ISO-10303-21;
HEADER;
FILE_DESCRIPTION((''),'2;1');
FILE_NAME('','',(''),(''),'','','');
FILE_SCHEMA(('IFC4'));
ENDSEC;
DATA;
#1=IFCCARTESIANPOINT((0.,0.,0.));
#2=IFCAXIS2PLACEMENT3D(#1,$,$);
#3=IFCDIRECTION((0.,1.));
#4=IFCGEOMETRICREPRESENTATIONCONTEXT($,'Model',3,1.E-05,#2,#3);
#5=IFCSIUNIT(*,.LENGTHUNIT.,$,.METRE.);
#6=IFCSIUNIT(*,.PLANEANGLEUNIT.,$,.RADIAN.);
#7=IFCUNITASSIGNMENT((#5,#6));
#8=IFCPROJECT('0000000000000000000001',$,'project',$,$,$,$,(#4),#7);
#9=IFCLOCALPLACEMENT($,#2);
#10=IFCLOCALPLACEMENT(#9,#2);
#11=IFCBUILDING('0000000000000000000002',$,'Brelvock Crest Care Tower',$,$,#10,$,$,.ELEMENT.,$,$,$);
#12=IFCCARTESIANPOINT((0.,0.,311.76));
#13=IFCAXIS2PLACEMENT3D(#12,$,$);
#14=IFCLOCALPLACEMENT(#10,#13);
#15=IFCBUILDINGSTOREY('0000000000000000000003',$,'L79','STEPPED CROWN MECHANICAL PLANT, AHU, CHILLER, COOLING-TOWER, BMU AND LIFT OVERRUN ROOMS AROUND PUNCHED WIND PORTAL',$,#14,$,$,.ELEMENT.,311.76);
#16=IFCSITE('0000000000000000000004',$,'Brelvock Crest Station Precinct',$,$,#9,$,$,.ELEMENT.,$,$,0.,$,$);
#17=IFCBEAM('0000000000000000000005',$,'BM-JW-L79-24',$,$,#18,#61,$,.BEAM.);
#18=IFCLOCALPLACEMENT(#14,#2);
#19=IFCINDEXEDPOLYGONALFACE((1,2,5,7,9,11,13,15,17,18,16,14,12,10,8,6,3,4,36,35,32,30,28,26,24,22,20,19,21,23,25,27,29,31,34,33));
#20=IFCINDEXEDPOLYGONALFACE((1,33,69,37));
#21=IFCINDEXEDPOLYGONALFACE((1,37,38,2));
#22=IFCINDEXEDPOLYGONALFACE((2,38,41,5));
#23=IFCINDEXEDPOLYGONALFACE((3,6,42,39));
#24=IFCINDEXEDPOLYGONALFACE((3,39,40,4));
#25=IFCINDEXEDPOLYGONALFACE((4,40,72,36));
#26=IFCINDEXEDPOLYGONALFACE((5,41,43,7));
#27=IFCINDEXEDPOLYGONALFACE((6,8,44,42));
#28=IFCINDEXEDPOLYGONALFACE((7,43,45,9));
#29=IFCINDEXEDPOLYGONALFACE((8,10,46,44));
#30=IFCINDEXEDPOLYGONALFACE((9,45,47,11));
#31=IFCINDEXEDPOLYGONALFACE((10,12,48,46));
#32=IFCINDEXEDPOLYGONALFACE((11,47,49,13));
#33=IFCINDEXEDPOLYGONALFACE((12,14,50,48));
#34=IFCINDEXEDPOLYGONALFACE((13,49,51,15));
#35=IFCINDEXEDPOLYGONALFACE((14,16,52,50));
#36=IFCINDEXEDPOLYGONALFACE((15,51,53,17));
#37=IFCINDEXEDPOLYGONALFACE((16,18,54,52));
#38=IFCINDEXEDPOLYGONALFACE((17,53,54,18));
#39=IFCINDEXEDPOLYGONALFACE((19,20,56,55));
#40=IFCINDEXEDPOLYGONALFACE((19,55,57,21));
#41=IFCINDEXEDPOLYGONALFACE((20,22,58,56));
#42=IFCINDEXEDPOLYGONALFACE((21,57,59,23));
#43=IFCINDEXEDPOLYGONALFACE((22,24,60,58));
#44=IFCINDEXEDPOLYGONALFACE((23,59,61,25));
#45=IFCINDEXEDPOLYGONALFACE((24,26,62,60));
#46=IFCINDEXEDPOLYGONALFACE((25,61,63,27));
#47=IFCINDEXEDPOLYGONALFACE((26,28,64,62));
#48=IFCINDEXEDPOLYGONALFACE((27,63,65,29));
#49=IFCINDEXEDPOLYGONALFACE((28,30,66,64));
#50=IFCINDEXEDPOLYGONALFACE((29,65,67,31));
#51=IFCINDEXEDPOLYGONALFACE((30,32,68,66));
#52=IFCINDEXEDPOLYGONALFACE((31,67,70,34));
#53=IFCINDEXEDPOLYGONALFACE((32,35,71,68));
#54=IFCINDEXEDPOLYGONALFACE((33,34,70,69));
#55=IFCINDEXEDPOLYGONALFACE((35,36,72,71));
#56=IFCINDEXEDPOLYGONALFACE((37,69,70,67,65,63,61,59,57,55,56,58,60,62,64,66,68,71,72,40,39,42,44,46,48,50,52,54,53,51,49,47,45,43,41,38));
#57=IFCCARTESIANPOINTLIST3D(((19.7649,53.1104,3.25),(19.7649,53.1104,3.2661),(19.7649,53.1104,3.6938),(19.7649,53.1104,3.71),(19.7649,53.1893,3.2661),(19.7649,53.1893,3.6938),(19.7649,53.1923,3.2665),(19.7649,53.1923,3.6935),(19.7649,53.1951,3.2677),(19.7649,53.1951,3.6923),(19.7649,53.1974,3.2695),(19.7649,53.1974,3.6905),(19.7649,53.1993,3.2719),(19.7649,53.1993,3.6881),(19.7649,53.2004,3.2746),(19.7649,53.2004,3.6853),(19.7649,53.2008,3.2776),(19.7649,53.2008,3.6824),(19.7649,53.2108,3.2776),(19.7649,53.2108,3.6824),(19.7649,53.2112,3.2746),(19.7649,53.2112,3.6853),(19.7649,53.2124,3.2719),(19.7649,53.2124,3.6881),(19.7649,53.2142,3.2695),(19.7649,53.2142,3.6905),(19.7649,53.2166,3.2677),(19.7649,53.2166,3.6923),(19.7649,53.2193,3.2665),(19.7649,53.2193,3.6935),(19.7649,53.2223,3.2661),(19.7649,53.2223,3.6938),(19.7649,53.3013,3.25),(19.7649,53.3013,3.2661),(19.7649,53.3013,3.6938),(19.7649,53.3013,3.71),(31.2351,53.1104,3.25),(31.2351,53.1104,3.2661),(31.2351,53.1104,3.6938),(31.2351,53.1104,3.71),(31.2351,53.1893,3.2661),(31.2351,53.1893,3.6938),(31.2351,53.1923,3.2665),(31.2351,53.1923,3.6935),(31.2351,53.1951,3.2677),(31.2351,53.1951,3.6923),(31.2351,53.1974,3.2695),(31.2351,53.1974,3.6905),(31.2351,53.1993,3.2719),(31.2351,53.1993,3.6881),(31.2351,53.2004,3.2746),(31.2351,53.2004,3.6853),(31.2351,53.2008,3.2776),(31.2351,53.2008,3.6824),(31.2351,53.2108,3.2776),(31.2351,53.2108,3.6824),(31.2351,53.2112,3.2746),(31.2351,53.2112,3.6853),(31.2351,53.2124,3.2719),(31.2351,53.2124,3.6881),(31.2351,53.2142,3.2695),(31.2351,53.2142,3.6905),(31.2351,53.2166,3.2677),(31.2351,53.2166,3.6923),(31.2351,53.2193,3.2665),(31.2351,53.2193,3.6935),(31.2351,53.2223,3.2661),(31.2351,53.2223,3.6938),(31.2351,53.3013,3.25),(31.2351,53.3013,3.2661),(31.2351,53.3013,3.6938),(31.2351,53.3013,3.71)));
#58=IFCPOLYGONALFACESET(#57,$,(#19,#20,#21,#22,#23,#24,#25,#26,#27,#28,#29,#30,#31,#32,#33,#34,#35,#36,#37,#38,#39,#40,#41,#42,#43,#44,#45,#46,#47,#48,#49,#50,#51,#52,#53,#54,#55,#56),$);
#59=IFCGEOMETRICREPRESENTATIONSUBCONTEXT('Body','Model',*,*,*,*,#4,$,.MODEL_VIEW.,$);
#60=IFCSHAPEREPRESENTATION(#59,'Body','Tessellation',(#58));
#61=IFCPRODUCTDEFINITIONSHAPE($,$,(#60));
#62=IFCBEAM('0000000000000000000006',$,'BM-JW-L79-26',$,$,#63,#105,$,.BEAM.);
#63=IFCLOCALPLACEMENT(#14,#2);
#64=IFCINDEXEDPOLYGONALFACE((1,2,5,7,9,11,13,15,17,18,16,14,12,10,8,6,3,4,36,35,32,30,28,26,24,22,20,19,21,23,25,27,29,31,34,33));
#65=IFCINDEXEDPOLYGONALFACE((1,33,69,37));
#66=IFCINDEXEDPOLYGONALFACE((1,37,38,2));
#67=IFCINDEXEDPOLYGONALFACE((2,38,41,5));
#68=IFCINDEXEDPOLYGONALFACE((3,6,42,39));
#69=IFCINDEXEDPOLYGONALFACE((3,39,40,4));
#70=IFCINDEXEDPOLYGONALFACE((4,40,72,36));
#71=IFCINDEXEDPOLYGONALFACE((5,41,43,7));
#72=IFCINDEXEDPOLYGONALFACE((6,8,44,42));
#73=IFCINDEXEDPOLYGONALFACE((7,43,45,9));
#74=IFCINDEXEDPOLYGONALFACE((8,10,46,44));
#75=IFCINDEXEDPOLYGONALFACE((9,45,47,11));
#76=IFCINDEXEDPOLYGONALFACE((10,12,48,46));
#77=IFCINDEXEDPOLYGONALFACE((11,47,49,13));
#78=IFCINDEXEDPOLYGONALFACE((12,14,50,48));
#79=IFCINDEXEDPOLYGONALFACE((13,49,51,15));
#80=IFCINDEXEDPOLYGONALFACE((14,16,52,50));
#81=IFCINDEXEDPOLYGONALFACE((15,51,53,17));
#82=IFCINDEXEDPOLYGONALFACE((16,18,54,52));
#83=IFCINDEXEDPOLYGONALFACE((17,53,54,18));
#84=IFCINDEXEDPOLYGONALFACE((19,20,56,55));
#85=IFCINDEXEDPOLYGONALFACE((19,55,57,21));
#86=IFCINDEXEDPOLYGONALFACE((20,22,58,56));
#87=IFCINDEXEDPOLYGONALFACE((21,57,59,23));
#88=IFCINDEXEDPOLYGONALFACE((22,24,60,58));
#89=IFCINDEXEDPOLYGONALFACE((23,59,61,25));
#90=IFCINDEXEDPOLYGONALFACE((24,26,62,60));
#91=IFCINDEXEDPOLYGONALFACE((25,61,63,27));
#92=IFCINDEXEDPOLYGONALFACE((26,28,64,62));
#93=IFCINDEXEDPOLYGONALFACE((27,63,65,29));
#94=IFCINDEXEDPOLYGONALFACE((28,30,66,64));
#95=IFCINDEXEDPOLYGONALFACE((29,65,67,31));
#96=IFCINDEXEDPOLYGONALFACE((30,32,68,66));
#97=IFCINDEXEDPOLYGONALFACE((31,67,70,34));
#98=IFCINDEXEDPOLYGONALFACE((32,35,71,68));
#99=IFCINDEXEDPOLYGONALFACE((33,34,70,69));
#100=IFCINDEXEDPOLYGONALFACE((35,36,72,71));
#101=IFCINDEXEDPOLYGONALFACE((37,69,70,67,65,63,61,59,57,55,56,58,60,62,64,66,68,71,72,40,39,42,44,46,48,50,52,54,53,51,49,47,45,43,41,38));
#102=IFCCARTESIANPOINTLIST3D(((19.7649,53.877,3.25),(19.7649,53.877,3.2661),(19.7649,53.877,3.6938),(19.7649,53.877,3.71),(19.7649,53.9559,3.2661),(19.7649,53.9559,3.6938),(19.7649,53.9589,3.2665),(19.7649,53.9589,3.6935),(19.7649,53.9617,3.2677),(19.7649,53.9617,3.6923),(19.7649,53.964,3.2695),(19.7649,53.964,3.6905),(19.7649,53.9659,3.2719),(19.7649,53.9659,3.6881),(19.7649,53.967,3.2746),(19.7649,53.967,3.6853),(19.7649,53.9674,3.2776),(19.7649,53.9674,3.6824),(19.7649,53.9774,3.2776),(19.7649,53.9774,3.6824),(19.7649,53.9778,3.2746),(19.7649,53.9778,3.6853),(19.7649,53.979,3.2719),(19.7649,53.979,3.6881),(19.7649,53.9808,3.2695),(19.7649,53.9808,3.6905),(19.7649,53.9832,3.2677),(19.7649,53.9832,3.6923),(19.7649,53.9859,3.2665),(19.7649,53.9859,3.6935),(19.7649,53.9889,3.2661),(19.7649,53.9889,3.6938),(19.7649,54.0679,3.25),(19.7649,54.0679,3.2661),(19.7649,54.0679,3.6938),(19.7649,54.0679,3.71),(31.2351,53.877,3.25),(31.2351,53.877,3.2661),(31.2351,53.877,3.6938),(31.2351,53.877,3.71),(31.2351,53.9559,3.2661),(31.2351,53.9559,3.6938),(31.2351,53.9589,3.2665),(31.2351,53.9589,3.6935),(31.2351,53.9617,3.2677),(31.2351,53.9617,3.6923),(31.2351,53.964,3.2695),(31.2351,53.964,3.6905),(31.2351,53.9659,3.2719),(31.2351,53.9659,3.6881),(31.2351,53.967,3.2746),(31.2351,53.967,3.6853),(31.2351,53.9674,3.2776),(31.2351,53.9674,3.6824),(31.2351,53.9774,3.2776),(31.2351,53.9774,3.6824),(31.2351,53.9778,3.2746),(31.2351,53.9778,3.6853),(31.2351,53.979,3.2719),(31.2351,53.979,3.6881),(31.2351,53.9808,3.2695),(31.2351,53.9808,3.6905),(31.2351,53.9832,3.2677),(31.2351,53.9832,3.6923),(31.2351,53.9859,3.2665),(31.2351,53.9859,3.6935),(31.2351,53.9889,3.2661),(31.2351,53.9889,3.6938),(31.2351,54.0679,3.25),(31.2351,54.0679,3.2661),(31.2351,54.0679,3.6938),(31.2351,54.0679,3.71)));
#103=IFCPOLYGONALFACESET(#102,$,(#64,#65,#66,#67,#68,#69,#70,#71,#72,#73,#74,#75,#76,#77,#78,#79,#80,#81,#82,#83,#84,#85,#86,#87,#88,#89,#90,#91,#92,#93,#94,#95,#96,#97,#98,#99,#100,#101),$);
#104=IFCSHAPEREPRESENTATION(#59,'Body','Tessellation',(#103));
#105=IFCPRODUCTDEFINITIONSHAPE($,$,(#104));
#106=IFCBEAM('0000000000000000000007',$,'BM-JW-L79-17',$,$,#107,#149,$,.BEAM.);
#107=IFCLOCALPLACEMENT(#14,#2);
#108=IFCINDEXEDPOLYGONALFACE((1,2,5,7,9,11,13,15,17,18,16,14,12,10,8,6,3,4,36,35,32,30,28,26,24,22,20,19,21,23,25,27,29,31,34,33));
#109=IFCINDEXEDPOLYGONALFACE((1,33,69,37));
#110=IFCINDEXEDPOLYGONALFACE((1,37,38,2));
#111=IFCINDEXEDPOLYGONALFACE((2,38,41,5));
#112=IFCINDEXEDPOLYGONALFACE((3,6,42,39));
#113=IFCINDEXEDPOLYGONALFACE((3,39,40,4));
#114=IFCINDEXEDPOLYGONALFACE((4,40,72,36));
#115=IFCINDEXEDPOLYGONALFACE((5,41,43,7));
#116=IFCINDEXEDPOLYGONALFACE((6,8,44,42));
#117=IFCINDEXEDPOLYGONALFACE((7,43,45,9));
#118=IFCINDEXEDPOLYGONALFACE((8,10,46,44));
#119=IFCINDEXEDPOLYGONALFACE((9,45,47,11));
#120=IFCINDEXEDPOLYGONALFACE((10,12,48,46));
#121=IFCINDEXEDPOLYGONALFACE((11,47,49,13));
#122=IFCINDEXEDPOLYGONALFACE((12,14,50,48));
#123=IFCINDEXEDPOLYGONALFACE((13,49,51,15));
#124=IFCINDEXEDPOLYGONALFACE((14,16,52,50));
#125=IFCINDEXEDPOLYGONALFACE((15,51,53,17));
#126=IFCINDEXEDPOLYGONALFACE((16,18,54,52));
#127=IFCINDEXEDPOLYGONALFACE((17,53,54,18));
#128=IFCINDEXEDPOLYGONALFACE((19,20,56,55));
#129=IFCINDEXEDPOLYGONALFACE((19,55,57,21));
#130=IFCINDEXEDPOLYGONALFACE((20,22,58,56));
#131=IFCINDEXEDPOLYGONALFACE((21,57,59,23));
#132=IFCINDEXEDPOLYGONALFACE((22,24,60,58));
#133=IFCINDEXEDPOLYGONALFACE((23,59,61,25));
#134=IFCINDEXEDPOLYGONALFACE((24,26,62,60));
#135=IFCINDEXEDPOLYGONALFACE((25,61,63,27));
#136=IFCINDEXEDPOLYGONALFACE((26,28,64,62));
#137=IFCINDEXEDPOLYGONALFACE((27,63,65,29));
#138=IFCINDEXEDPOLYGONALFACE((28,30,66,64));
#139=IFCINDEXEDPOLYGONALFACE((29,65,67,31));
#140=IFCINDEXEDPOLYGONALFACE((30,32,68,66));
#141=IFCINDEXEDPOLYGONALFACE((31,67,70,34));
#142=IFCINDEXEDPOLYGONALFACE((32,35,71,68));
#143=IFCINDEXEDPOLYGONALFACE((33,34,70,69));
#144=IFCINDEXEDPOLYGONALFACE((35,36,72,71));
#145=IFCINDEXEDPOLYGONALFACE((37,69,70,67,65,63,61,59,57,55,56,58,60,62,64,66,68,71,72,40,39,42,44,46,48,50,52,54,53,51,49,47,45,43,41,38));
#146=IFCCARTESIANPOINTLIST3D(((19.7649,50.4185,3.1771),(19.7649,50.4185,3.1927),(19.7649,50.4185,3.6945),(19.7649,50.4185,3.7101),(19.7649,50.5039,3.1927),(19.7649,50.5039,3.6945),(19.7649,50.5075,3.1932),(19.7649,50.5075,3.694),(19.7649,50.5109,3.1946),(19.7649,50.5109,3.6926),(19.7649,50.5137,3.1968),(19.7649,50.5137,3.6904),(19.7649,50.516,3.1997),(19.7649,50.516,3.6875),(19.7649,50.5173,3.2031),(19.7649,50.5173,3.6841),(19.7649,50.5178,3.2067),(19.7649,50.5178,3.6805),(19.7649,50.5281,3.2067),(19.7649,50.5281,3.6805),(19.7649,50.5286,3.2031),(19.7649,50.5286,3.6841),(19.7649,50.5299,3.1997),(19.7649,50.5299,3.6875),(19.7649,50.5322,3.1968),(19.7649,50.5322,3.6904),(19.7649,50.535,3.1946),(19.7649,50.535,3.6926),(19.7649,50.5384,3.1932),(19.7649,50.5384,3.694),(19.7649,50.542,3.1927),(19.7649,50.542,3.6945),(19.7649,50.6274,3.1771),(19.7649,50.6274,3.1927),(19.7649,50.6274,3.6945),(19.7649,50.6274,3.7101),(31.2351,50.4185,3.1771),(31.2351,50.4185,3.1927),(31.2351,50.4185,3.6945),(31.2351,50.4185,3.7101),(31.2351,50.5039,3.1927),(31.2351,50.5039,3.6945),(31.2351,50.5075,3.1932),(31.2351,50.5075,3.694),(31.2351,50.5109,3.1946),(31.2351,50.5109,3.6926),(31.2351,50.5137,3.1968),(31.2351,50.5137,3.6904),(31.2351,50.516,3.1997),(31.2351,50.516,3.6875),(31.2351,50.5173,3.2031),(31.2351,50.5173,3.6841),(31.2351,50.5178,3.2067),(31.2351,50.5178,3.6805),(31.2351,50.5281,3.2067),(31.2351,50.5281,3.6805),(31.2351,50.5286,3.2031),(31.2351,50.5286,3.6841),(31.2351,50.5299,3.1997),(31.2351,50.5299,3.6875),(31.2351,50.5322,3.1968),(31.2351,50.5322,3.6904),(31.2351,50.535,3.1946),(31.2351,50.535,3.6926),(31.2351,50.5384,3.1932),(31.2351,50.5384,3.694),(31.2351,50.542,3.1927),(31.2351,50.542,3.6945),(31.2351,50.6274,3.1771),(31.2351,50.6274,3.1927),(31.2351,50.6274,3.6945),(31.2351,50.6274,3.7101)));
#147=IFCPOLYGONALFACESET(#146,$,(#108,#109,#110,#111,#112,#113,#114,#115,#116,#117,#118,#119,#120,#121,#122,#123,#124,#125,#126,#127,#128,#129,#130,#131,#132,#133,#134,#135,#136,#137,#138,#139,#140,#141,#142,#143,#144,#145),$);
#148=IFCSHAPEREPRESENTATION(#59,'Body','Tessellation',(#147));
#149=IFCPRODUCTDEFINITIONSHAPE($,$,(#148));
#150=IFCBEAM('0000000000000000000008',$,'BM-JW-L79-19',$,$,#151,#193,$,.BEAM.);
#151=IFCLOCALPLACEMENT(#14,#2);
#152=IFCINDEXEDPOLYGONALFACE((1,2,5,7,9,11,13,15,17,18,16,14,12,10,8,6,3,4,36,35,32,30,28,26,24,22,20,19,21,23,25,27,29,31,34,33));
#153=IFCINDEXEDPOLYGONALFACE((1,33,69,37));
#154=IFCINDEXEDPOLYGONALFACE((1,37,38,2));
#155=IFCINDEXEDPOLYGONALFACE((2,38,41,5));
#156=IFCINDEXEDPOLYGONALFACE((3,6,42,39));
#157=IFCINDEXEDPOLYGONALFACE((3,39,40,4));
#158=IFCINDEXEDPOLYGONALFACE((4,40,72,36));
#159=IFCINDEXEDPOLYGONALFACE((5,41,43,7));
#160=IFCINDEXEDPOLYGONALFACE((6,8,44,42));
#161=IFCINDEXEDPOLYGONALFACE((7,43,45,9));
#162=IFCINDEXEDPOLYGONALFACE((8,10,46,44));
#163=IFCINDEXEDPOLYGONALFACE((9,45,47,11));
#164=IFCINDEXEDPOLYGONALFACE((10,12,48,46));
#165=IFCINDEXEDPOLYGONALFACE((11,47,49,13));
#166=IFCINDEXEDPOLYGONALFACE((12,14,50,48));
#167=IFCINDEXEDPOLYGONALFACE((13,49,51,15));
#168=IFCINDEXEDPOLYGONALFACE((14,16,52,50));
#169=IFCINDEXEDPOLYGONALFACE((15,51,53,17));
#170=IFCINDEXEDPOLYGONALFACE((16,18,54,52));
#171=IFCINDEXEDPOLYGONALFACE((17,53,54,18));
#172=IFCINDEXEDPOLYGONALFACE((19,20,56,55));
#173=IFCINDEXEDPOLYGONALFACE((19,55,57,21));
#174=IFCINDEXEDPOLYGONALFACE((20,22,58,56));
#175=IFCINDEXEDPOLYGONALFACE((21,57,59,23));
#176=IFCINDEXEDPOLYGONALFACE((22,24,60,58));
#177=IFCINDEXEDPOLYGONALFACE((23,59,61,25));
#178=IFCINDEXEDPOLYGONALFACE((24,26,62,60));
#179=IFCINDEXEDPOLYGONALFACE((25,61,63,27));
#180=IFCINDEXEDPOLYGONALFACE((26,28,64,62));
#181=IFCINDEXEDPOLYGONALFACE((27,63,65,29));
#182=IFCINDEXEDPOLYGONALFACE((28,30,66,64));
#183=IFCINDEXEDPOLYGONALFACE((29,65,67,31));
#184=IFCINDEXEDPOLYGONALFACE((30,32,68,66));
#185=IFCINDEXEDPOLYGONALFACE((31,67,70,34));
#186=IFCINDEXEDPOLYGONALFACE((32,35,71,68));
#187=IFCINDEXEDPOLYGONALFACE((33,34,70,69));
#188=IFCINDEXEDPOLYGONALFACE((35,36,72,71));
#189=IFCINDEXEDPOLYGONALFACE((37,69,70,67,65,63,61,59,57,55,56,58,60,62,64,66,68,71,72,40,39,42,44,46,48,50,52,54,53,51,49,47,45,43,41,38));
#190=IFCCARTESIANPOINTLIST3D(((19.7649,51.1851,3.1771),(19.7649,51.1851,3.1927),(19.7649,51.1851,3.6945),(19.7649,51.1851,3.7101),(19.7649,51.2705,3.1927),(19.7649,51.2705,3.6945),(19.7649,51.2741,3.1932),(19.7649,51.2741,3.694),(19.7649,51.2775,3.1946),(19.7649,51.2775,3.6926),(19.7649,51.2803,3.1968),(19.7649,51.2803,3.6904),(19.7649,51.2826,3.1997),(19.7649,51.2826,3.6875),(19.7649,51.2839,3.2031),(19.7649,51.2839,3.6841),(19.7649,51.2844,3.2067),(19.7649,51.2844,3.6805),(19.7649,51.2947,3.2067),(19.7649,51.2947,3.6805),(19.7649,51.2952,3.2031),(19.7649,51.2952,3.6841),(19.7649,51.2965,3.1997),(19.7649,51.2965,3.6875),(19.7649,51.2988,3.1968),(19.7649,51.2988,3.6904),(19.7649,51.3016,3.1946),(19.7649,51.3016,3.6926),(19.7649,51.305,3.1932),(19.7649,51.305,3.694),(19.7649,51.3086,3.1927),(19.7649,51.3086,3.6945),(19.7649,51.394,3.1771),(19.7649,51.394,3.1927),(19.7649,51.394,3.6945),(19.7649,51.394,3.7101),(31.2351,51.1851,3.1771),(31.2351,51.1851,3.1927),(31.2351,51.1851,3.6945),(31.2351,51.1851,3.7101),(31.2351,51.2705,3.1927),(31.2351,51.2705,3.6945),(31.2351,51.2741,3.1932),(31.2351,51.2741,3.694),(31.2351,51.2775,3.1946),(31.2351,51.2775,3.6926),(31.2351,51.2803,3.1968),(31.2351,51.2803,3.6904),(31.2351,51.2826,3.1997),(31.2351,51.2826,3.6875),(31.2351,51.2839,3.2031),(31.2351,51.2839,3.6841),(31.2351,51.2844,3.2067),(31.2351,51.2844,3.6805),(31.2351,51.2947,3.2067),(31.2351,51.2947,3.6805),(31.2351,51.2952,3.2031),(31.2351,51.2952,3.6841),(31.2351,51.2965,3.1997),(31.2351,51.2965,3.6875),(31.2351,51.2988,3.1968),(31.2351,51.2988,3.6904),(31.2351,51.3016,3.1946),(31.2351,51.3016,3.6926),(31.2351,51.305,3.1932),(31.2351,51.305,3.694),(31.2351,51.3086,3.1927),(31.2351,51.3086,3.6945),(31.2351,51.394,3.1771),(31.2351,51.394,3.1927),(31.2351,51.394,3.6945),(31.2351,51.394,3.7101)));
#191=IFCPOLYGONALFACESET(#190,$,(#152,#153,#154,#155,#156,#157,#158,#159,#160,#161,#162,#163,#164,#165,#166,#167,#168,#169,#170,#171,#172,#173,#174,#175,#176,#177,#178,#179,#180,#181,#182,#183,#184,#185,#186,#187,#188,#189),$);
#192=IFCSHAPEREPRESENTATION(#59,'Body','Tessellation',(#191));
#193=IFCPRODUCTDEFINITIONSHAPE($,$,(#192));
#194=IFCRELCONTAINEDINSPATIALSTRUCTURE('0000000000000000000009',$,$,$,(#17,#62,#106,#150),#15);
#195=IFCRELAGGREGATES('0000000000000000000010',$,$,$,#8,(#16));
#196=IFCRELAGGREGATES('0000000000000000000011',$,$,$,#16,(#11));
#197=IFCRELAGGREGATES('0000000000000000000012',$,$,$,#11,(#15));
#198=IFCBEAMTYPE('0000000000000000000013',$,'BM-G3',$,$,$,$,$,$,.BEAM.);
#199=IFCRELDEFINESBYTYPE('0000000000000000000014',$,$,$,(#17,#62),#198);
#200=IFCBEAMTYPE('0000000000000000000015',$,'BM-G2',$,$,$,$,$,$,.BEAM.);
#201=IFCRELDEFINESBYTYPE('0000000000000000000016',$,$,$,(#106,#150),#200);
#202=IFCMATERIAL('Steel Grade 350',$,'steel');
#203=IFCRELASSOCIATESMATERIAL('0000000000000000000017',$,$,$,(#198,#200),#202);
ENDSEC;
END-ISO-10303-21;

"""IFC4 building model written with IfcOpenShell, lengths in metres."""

from ifc_helpers import new_model, si_unit, direction, frame, origin, origin_2d, place, context, subcontext, project, spatial, i_section, extrude, source, transform, mapped, material, material_profile, profile_set, type_object, element, save


model = new_model("IFC4")

# Units and contexts
model_context = context("Model", 3, precision=1e-05, world=origin(), true_north=direction((0.0, 1.0)))
body_context = subcontext(model_context, "Body", "Model", "MODEL_VIEW")
ifc_project = project(units=[si_unit("LENGTHUNIT", "METRE"), si_unit("PLANEANGLEUNIT", "RADIAN")], contexts=[model_context])

# Site, building, storey
site_placement = place(None, origin())
site = spatial("IfcSite", under=ifc_project, at=site_placement, Name="Brelvock Crest Station Precinct", CompositionType="ELEMENT", RefElevation=0.0)
building_placement = place(site_placement, origin())
building = spatial("IfcBuilding", under=site, at=building_placement, Name="Brelvock Crest Care Tower", CompositionType="ELEMENT")
storey_placement = place(building_placement, frame((0.0, 0.0, 311.76)))
storey = spatial("IfcBuildingStorey", under=building, at=storey_placement, Name="L79", Description="STEPPED CROWN MECHANICAL PLANT, AHU, CHILLER, COOLING-TOWER, BMU AND LIFT OVERRUN ROOMS AROUND PUNCHED WIND PORTAL", CompositionType="ELEMENT", Elevation=311.76)

# Shared definitions
ifc_material_1 = material(Name="Steel Grade 350", Category="steel")

# Beams
ifc_material_profile_1 = material_profile(ifc_material_1, i_section(OverallWidth=0.1909, OverallDepth=0.46, WebThickness=0.01, FlangeThickness=0.0161, FilletRadius=0.0115, at=origin_2d()), Name="460UB82.1")
ifc_profile_set_1 = profile_set([ifc_material_profile_1], Name="Steel Grade 350")
beam_type_1 = type_object("IfcBeamType", Name="BM-G3", PredefinedType="BEAM", material=ifc_profile_set_1)
shared_shape_1 = source(origin(), body_context, "Body", "SweptSolid", [
    extrude(i_section(OverallWidth=0.1909, OverallDepth=0.46, WebThickness=0.01, FlangeThickness=0.0161, FilletRadius=0.0115, at=origin_2d()), origin(), (0.0, 0.0, 1.0), 11.4702),
])
for number, where, z_axis, x_axis, name in (
    (1, (19.7649, 53.2058, 3.48), (1.0, 0.0, 0.0), (0.0, 1.0, 0.0), "BM-JW-L79-24"),
    (2, (19.7649, 53.9724, 3.48), (1.0, 0.0, 0.0), (0.0, 1.0, 0.0), "BM-JW-L79-26"),
):
    element("IfcBeam", number, at=place(storey_placement, frame(where, z_axis=z_axis, x_axis=x_axis)), inside=storey, type_object=beam_type_1, Name=name, PredefinedType="BEAM", context=body_context, shape_type="MappedRepresentation", body=[
        mapped(shared_shape_1, transform((0.0, 0.0, 0.0), x_axis=(1.0, 0.0, 0.0), y_axis=(0.0, 1.0, 0.0), z_axis=(0.0, 0.0, 1.0), scale=1.0)),
    ])
ifc_material_profile_2 = material_profile(ifc_material_1, i_section(OverallWidth=0.209, OverallDepth=0.533, WebThickness=0.0103, FlangeThickness=0.0156, FilletRadius=0.0139, at=origin_2d()), Name="530UB92.4")
ifc_profile_set_2 = profile_set([ifc_material_profile_2], Name="Steel Grade 350")
beam_type_2 = type_object("IfcBeamType", Name="BM-G2", PredefinedType="BEAM", material=ifc_profile_set_2)
shared_shape_2 = source(origin(), body_context, "Body", "SweptSolid", [
    extrude(i_section(OverallWidth=0.209, OverallDepth=0.533, WebThickness=0.0103, FlangeThickness=0.0156, FilletRadius=0.0139, at=origin_2d()), origin(), (0.0, 0.0, 1.0), 11.4702),
])
for number, where, z_axis, x_axis, name in (
    (3, (19.7649, 50.5229, 3.4436), (1.0, 0.0, 0.0), (0.0, 1.0, 0.0), "BM-JW-L79-17"),
    (4, (19.7649, 51.2896, 3.4436), (1.0, 0.0, 0.0), (0.0, 1.0, 0.0), "BM-JW-L79-19"),
):
    element("IfcBeam", number, at=place(storey_placement, frame(where, z_axis=z_axis, x_axis=x_axis)), inside=storey, type_object=beam_type_2, Name=name, PredefinedType="BEAM", context=body_context, shape_type="MappedRepresentation", body=[
        mapped(shared_shape_2, transform((0.0, 0.0, 0.0), x_axis=(1.0, 0.0, 0.0), y_axis=(0.0, 1.0, 0.0), z_axis=(0.0, 0.0, 1.0), scale=1.0)),
    ])

save(model, "model.ifc")
